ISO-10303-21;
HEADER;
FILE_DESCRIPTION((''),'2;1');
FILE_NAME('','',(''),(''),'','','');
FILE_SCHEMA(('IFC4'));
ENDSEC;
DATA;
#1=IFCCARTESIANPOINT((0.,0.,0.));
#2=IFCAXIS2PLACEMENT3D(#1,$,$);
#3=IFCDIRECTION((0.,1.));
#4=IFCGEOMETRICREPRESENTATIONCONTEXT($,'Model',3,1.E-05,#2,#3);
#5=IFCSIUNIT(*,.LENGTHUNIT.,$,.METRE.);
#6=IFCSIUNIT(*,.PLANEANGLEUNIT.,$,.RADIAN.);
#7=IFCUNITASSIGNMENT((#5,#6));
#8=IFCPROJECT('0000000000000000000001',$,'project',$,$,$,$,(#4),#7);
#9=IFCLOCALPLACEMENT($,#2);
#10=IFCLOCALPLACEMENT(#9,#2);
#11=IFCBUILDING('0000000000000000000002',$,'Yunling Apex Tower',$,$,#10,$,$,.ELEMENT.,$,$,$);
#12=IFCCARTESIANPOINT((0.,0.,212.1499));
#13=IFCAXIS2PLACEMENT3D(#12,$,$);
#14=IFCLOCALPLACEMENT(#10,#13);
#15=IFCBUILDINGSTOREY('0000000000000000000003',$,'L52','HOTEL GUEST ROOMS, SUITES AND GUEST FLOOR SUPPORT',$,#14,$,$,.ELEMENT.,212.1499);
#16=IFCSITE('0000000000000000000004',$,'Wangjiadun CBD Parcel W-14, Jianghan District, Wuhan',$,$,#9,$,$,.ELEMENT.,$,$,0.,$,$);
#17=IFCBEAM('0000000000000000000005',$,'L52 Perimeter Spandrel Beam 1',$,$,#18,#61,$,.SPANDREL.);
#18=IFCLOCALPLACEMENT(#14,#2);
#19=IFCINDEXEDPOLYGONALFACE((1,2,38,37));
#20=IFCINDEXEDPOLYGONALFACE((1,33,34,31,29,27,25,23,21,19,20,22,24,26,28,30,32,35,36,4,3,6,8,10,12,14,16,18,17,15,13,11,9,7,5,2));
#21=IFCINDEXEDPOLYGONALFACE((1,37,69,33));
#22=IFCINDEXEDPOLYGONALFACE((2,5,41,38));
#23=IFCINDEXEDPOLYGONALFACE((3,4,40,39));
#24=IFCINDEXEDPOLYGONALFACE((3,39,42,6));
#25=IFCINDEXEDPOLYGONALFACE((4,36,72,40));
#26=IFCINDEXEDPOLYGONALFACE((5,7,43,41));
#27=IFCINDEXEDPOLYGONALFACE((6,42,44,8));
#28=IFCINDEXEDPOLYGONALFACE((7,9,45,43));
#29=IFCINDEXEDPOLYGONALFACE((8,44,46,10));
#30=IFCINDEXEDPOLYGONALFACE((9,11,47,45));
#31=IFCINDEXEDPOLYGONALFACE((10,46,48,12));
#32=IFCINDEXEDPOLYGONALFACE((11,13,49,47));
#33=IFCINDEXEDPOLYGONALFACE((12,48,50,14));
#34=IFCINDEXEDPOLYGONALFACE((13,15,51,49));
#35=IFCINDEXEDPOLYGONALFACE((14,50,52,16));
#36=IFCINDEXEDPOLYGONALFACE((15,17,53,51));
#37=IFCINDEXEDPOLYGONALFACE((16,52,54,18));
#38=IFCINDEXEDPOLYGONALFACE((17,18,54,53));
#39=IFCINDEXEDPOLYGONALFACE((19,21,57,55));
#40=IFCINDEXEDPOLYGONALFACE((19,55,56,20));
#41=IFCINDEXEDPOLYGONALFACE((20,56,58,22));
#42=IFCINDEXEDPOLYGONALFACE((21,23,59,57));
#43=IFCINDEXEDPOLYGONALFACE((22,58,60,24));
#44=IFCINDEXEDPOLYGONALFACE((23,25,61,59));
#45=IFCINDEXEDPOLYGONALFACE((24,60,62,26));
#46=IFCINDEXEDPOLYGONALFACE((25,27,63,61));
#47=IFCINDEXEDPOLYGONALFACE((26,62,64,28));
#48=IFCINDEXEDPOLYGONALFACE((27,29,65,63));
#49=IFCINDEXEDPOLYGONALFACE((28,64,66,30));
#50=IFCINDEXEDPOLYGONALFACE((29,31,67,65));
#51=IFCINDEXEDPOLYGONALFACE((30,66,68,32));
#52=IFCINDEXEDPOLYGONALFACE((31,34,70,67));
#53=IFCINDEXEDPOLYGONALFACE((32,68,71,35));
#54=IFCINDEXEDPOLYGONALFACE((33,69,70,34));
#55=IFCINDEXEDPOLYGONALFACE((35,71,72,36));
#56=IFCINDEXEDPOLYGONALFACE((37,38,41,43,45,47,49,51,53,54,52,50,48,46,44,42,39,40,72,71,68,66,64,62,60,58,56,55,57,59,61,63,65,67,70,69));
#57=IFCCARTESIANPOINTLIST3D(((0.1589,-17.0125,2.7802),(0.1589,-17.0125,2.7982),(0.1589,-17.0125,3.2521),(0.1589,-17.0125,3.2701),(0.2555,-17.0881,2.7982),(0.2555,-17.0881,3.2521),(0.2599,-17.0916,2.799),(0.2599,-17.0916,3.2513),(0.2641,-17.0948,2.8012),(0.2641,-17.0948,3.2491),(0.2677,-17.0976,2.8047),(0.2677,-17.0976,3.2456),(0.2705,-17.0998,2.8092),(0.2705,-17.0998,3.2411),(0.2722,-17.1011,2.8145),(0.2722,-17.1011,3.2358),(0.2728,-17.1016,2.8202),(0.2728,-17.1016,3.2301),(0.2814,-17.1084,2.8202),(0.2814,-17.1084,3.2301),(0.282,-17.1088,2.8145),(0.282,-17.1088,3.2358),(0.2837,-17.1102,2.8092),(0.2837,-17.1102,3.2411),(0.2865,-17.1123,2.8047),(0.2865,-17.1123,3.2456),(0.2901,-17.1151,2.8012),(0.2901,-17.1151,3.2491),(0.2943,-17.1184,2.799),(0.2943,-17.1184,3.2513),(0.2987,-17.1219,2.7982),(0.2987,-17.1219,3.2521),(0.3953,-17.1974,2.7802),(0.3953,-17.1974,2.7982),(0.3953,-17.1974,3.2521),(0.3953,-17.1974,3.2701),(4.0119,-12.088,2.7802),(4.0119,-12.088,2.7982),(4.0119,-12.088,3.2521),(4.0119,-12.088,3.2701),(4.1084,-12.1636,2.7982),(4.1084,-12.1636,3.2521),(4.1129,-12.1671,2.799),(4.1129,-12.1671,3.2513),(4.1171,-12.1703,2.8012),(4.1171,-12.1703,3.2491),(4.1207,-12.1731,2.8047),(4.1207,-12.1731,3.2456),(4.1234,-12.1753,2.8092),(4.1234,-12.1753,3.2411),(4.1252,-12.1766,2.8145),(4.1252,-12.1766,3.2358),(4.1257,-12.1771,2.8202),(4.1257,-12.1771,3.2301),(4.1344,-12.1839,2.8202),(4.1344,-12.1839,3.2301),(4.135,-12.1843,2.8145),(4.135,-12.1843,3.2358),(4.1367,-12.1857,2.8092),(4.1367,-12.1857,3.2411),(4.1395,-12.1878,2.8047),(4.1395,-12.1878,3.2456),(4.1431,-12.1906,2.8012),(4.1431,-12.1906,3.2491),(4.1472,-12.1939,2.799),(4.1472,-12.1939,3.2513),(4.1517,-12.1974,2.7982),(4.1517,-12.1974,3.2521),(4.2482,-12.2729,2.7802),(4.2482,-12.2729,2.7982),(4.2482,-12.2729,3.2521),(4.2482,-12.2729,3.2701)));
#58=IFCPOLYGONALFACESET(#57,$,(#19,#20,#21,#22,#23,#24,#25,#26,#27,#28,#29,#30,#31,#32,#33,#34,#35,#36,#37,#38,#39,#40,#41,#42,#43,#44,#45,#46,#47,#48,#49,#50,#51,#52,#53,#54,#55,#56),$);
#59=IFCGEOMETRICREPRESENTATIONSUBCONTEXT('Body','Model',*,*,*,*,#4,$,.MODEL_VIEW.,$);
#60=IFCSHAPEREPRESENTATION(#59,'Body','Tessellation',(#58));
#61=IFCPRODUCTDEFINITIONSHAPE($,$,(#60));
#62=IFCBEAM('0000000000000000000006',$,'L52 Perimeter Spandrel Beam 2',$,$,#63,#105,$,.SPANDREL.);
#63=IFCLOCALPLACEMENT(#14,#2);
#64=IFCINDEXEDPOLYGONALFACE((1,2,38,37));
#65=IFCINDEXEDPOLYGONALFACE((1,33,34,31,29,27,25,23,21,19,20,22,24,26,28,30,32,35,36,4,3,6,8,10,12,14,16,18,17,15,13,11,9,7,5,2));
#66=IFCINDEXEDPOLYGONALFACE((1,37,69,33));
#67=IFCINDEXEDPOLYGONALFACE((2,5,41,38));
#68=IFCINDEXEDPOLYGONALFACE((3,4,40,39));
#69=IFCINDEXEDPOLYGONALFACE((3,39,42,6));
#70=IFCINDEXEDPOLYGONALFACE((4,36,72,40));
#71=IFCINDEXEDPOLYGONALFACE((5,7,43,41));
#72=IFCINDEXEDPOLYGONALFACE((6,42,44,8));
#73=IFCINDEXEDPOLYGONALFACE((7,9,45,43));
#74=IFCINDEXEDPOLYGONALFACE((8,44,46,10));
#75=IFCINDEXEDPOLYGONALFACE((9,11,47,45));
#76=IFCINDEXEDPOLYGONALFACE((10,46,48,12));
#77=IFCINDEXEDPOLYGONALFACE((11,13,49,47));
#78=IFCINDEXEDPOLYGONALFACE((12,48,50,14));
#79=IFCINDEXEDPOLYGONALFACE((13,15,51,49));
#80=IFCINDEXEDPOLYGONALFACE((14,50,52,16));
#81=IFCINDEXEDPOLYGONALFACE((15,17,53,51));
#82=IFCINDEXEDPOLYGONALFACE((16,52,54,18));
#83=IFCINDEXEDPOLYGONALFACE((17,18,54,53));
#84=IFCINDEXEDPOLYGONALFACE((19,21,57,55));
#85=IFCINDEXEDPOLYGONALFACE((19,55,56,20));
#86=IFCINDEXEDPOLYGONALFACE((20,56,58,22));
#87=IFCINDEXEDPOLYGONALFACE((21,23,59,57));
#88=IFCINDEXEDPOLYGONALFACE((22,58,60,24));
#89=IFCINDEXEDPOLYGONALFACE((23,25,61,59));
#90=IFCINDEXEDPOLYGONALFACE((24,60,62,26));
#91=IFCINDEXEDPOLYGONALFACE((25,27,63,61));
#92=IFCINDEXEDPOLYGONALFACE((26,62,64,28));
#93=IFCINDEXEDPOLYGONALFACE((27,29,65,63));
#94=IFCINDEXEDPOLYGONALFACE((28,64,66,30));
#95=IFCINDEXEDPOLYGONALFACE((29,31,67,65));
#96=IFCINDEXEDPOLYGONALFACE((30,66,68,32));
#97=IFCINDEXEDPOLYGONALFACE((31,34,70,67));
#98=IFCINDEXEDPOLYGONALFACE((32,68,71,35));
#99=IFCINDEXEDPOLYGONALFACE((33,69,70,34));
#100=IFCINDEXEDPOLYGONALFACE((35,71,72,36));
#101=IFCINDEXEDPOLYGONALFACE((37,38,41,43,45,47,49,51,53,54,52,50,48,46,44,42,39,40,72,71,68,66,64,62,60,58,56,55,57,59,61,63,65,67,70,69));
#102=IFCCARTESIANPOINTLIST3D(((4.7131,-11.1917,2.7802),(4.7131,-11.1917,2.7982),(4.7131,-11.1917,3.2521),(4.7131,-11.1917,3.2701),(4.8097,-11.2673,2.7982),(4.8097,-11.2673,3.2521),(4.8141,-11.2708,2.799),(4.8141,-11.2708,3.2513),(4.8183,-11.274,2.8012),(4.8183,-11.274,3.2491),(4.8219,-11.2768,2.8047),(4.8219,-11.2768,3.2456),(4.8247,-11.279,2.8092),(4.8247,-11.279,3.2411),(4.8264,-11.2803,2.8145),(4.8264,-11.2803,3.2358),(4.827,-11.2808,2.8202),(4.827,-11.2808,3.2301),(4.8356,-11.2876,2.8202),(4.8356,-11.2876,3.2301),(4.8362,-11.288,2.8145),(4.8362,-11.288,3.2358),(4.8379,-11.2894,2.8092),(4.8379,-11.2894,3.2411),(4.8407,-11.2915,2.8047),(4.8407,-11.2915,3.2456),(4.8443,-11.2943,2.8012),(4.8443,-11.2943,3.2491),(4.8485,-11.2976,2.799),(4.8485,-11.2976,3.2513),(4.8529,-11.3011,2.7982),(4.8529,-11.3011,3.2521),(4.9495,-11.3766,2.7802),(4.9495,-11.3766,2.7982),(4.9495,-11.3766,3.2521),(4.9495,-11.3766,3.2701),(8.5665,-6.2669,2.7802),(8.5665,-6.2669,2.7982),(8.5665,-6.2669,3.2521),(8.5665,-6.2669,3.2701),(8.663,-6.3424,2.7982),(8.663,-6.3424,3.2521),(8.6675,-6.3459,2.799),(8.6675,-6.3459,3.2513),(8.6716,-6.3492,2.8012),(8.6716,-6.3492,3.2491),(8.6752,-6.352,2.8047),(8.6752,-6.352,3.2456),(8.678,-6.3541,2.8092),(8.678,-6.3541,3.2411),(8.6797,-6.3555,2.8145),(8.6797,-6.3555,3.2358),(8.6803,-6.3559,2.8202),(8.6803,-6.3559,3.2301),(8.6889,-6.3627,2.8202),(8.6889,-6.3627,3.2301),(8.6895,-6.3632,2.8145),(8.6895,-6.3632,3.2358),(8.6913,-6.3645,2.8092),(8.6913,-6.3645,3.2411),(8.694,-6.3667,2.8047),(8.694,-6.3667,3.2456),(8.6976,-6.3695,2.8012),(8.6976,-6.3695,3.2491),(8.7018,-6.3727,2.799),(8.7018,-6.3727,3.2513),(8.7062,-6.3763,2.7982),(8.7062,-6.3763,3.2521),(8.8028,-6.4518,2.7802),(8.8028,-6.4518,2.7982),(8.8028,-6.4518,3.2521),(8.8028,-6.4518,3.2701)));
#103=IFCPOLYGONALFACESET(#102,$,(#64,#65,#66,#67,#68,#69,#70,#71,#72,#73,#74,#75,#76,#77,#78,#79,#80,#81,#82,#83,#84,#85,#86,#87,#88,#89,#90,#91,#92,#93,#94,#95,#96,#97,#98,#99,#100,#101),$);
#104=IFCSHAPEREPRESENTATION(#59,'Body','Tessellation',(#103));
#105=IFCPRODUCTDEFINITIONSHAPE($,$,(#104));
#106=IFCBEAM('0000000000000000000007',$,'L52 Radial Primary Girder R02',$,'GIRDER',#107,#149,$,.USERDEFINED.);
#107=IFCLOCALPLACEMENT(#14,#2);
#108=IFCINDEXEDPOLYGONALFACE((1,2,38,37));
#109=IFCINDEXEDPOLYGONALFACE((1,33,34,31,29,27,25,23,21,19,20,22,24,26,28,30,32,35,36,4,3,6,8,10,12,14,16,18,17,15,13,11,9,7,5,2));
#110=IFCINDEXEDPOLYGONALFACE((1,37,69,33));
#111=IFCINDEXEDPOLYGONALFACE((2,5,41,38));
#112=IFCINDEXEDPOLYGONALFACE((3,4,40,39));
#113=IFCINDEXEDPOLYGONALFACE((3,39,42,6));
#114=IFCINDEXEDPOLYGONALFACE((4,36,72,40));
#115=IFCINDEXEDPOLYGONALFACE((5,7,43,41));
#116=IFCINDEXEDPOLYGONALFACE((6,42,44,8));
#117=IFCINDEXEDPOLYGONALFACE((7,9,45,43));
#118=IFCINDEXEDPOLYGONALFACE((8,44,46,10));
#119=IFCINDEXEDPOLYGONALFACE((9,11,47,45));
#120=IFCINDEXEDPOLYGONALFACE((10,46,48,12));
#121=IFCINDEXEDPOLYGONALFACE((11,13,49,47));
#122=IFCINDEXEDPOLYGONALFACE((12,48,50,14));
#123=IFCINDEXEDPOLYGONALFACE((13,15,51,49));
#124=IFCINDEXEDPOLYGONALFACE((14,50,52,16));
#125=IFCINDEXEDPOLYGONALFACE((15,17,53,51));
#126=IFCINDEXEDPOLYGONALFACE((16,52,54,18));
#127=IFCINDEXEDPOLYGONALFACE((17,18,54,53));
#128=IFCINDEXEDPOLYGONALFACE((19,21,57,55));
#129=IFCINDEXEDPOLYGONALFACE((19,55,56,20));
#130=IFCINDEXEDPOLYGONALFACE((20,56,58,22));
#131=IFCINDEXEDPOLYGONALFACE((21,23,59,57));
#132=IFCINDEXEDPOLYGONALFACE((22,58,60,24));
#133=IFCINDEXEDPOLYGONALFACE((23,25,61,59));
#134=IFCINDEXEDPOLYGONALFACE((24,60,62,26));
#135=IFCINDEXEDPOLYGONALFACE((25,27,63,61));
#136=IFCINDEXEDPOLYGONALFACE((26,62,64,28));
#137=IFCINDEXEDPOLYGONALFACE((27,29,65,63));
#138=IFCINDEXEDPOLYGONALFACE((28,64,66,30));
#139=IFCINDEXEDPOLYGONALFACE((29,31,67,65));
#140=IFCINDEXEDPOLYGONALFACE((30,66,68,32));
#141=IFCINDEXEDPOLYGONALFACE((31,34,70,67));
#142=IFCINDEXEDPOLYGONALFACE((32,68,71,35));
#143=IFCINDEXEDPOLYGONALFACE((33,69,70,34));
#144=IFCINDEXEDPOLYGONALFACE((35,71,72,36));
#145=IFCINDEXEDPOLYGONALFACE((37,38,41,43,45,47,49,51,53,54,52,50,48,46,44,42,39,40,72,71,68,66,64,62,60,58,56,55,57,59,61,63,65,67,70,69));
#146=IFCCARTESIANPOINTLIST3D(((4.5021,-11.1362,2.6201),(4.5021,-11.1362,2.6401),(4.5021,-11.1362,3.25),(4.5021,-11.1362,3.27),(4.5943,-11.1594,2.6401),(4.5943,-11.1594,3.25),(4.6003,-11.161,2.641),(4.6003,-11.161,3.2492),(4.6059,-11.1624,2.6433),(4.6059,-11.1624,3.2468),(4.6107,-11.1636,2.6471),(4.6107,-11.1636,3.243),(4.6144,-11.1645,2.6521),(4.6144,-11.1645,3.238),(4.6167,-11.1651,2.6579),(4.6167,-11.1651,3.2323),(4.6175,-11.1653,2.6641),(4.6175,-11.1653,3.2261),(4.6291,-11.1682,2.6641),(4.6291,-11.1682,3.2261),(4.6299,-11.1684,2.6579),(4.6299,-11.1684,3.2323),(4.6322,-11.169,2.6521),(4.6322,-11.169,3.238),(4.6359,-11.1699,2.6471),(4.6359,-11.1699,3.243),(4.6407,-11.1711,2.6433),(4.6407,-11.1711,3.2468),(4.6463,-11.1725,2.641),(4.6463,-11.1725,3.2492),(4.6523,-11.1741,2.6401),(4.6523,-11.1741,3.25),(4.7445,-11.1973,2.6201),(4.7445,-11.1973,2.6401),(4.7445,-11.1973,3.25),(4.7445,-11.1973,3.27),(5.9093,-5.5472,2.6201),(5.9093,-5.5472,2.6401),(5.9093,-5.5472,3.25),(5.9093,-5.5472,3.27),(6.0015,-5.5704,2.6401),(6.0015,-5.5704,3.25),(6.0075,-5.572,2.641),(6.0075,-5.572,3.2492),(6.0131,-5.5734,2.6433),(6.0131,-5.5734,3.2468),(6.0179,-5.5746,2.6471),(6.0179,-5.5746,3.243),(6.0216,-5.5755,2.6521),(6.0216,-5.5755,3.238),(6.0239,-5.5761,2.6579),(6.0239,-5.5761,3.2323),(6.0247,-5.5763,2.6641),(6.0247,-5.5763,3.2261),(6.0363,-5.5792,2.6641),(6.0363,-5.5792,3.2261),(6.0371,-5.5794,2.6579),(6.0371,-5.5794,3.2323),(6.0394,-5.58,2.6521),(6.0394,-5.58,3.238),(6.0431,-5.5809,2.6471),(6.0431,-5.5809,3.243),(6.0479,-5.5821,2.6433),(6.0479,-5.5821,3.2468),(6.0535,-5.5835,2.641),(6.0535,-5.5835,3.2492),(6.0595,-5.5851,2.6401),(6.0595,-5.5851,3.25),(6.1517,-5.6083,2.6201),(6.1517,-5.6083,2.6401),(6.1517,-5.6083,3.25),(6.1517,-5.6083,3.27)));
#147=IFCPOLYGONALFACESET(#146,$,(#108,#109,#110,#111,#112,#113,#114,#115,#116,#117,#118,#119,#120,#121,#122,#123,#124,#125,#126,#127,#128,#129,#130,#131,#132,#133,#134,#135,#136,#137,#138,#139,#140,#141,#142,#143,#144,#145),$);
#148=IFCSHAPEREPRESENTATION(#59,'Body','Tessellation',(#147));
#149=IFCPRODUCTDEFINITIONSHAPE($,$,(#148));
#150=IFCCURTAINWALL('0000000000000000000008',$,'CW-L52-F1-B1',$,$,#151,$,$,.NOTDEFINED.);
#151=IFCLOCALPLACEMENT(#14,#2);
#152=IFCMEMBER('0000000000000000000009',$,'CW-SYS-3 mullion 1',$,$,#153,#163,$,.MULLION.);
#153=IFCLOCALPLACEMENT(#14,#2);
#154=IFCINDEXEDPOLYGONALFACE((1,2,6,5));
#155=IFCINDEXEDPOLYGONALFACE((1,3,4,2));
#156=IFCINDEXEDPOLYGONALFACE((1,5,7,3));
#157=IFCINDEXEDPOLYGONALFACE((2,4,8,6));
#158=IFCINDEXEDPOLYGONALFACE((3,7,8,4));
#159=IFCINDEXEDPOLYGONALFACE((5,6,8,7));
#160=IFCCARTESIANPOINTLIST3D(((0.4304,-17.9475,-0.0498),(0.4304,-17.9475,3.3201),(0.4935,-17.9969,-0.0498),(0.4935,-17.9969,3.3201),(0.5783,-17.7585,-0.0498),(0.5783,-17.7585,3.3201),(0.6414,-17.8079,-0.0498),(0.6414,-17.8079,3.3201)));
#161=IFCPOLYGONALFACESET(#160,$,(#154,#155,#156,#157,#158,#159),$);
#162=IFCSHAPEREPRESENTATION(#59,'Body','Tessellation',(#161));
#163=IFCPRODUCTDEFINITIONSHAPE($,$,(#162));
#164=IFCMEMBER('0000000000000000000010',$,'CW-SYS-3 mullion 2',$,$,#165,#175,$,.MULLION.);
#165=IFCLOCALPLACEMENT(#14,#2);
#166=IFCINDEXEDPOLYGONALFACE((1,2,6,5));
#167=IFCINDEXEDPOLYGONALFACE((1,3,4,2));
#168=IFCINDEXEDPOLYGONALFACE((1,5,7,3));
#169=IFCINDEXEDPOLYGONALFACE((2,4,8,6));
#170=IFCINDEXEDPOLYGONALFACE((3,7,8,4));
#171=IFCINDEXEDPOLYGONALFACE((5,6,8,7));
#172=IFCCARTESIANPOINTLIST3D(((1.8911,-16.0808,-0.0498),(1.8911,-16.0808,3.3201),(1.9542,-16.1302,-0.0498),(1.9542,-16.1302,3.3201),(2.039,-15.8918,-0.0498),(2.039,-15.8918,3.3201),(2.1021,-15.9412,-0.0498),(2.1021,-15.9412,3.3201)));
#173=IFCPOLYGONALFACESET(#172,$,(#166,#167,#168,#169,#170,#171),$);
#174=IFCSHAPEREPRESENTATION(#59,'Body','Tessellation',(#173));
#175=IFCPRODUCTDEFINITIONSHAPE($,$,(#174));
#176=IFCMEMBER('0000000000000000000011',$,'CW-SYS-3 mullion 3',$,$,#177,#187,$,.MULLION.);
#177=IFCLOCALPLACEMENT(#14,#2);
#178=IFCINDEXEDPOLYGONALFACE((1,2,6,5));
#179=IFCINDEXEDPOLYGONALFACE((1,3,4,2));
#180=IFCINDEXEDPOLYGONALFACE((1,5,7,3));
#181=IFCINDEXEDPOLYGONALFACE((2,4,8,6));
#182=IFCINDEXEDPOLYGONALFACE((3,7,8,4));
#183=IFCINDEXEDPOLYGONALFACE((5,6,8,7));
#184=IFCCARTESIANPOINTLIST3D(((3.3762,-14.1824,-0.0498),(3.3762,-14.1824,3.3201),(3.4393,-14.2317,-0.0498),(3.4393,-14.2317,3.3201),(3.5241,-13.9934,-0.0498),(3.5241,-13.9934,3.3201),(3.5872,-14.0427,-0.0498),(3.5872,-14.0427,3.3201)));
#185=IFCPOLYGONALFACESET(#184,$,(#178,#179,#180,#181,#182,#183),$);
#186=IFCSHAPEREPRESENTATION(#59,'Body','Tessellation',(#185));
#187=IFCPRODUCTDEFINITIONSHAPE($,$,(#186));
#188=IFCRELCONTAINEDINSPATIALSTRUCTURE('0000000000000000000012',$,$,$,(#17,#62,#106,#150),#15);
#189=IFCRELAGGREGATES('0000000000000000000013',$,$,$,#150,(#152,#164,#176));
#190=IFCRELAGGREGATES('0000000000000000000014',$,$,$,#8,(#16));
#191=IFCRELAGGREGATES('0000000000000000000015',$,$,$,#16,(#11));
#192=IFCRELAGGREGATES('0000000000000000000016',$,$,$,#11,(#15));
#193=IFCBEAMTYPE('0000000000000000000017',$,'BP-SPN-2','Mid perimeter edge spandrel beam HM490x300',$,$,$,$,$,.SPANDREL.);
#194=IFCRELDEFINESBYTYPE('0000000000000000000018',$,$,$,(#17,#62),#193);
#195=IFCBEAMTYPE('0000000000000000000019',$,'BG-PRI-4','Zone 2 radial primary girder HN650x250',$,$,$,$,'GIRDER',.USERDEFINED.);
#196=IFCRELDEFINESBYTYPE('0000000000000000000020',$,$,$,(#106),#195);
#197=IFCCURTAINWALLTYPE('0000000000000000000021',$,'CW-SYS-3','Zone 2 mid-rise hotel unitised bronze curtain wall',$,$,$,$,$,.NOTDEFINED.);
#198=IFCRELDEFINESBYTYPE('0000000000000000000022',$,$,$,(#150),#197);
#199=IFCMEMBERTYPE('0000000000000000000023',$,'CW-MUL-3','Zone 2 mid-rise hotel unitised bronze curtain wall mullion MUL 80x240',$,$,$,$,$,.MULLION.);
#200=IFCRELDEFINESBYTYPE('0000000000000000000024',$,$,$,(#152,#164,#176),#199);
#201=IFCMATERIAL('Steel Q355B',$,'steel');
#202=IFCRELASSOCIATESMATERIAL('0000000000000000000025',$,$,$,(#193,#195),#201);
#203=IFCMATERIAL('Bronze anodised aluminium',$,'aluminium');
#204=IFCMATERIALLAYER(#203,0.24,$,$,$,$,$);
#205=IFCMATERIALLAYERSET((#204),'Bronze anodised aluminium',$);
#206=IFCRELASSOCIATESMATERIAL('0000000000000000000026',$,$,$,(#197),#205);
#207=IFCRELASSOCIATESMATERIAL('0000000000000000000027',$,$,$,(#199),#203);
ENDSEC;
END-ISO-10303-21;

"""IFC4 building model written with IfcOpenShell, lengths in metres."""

from ifc_helpers import new_model, si_unit, direction, frame, origin, origin_2d, place, context, subcontext, project, spatial, rectangle, i_section, extrude, source, transform, mapped, material, layer, layer_set, material_profile, profile_set, type_object, element, aggregate, save


model = new_model("IFC4")

# Units and contexts
model_context = context("Model", 3, precision=1e-05, world=origin(), true_north=direction((0.0, 1.0)))
body_context = subcontext(model_context, "Body", "Model", "MODEL_VIEW")
ifc_project = project(units=[si_unit("LENGTHUNIT", "METRE"), si_unit("PLANEANGLEUNIT", "RADIAN")], contexts=[model_context])

# Site, building, storey
site_placement = place(None, origin())
site = spatial("IfcSite", under=ifc_project, at=site_placement, Name="Wangjiadun CBD Parcel W-14, Jianghan District, Wuhan", CompositionType="ELEMENT", RefElevation=0.0)
building_placement = place(site_placement, origin())
building = spatial("IfcBuilding", under=site, at=building_placement, Name="Yunling Apex Tower", CompositionType="ELEMENT")
storey_placement = place(building_placement, frame((0.0, 0.0, 212.1499)))
storey = spatial("IfcBuildingStorey", under=building, at=storey_placement, Name="L52", Description="HOTEL GUEST ROOMS, SUITES AND GUEST FLOOR SUPPORT", CompositionType="ELEMENT", Elevation=212.1499)

# Beams
ifc_material_1 = material(Name="Steel Q355B", Category="steel")
ifc_material_profile_1 = material_profile(ifc_material_1, i_section(OverallWidth=0.3, OverallDepth=0.49, WebThickness=0.011, FlangeThickness=0.0181, FilletRadius=0.022, at=origin_2d()))
ifc_profile_set_1 = profile_set([ifc_material_profile_1], Name="Steel Q355B")
beam_type_1 = type_object("IfcBeamType", Name="BP-SPN-2", Description="Mid perimeter edge spandrel beam HM490x300", PredefinedType="SPANDREL", material=ifc_profile_set_1)
shared_shape_1 = source(origin(), body_context, "Body", "SweptSolid", [
    extrude(i_section(OverallWidth=0.3, OverallDepth=0.49, WebThickness=0.011, FlangeThickness=0.0181, FilletRadius=0.022, at=origin_2d()), origin(), (0.0, 0.0, 1.0), 6.2527),
])
beam_1_placement = place(storey_placement, frame((0.2771, -17.105, 3.0251), z_axis=(0.616211, 0.787581, 0.0), x_axis=(-0.787581, 0.616211, 0.0)))
element("IfcBeam", 1, at=beam_1_placement, inside=storey, type_object=beam_type_1, Name="L52 Perimeter Spandrel Beam 1", PredefinedType="SPANDREL", context=body_context, shape_type="MappedRepresentation", body=[
    mapped(shared_shape_1, transform((0.0, 0.0, 0.0), scale=1.0)),
])
shared_shape_2 = source(origin(), body_context, "Body", "SweptSolid", [
    extrude(i_section(OverallWidth=0.3, OverallDepth=0.49, WebThickness=0.011, FlangeThickness=0.0181, FilletRadius=0.022, at=origin_2d()), origin(), (0.0, 0.0, 1.0), 6.2532),
])
beam_2_placement = place(storey_placement, frame((4.8313, -11.2842, 3.0251), z_axis=(0.616217, 0.787577, 0.0), x_axis=(-0.787577, 0.616217, 0.0)))
element("IfcBeam", 2, at=beam_2_placement, inside=storey, type_object=beam_type_1, Name="L52 Perimeter Spandrel Beam 2", PredefinedType="SPANDREL", context=body_context, shape_type="MappedRepresentation", body=[
    mapped(shared_shape_2, transform((0.0, 0.0, 0.0), scale=1.0)),
])
ifc_material_profile_2 = material_profile(ifc_material_1, i_section(OverallWidth=0.25, OverallDepth=0.6499, WebThickness=0.012, FlangeThickness=0.02, FilletRadius=0.0239, at=origin_2d()))
ifc_profile_set_2 = profile_set([ifc_material_profile_2], Name="Steel Q355B")
beam_type_2 = type_object("IfcBeamType", Name="BG-PRI-4", Description="Zone 2 radial primary girder HN650x250", ElementType="GIRDER", PredefinedType="USERDEFINED", material=ifc_profile_set_2)
shared_shape_3 = source(origin(), body_context, "Body", "SweptSolid", [
    extrude(i_section(OverallWidth=0.25, OverallDepth=0.6499, WebThickness=0.012, FlangeThickness=0.02, FilletRadius=0.0239, at=origin_2d()), origin(), (0.0, 0.0, 1.0), 5.7634),
])
beam_3_placement = place(storey_placement, frame((4.6233, -11.1667, 2.9451), z_axis=(0.24416, 0.969735, 0.0), x_axis=(-0.969735, 0.24416, 0.0)))
element("IfcBeam", 3, at=beam_3_placement, inside=storey, type_object=beam_type_2, Name="L52 Radial Primary Girder R02", ObjectType="GIRDER", PredefinedType="USERDEFINED", context=body_context, shape_type="MappedRepresentation", body=[
    mapped(shared_shape_3, transform((0.0, 0.0, 0.0), scale=1.0)),
])

# Curtain wall, members
ifc_material_2 = material(Name="Bronze anodised aluminium", Category="aluminium")
ifc_layer_1 = layer(ifc_material_2, 0.24)
ifc_layer_set_1 = layer_set([ifc_layer_1], Name="Bronze anodised aluminium")
curtain_wall_type = type_object("IfcCurtainWallType", Name="CW-SYS-3", Description="Zone 2 mid-rise hotel unitised bronze curtain wall", PredefinedType="NOTDEFINED", material=ifc_layer_set_1)
curtain_wall_1_placement = place(storey_placement, origin())
curtain_wall_1 = element("IfcCurtainWall", 4, at=curtain_wall_1_placement, inside=storey, type_object=curtain_wall_type, Name="CW-L52-F1-B1", PredefinedType="NOTDEFINED")
ifc_material_profile_3 = material_profile(ifc_material_2, rectangle(XDim=0.0801, YDim=0.24, at=origin_2d()))
ifc_profile_set_3 = profile_set([ifc_material_profile_3], Name="Bronze anodised aluminium")
member_type_1 = type_object("IfcMemberType", Name="CW-MUL-3", Description="Zone 2 mid-rise hotel unitised bronze curtain wall mullion MUL 80x240", PredefinedType="MULLION", material=ifc_profile_set_3)
shared_shape_4 = source(origin(), body_context, "Body", "SweptSolid", [
    extrude(rectangle(XDim=0.0801, YDim=0.24, at=origin_2d()), origin(), (0.0, 0.0, 1.0), 3.3699),
])
member_1_placement = place(storey_placement, frame((0.5359, -17.8777, -0.0498), z_axis=(0.0, 0.0, 1.0), x_axis=(-0.787589, 0.6162, 0.0)))
member_1 = element("IfcMember", 5, at=member_1_placement, type_object=member_type_1, Name="CW-SYS-3 mullion 1", PredefinedType="MULLION", context=body_context, shape_type="MappedRepresentation", body=[
    mapped(shared_shape_4, transform((0.0, 0.0, 0.0), scale=1.0)),
])
member_2_placement = place(storey_placement, frame((1.9966, -16.011, -0.0498), z_axis=(0.0, 0.0, 1.0), x_axis=(-0.787589, 0.6162, 0.0)))
member_2 = element("IfcMember", 6, at=member_2_placement, type_object=member_type_1, Name="CW-SYS-3 mullion 2", PredefinedType="MULLION", context=body_context, shape_type="MappedRepresentation", body=[
    mapped(shared_shape_4, transform((0.0, 0.0, 0.0), scale=1.0)),
])
member_3_placement = place(storey_placement, frame((3.4817, -14.1125, -0.0498), z_axis=(0.0, 0.0, 1.0), x_axis=(-0.787589, 0.6162, 0.0)))
member_3 = element("IfcMember", 7, at=member_3_placement, type_object=member_type_1, Name="CW-SYS-3 mullion 3", PredefinedType="MULLION", context=body_context, shape_type="MappedRepresentation", body=[
    mapped(shared_shape_4, transform((0.0, 0.0, 0.0), scale=1.0)),
])

aggregate(curtain_wall_1, [member_1, member_2, member_3])

save(model, "model.ifc")
